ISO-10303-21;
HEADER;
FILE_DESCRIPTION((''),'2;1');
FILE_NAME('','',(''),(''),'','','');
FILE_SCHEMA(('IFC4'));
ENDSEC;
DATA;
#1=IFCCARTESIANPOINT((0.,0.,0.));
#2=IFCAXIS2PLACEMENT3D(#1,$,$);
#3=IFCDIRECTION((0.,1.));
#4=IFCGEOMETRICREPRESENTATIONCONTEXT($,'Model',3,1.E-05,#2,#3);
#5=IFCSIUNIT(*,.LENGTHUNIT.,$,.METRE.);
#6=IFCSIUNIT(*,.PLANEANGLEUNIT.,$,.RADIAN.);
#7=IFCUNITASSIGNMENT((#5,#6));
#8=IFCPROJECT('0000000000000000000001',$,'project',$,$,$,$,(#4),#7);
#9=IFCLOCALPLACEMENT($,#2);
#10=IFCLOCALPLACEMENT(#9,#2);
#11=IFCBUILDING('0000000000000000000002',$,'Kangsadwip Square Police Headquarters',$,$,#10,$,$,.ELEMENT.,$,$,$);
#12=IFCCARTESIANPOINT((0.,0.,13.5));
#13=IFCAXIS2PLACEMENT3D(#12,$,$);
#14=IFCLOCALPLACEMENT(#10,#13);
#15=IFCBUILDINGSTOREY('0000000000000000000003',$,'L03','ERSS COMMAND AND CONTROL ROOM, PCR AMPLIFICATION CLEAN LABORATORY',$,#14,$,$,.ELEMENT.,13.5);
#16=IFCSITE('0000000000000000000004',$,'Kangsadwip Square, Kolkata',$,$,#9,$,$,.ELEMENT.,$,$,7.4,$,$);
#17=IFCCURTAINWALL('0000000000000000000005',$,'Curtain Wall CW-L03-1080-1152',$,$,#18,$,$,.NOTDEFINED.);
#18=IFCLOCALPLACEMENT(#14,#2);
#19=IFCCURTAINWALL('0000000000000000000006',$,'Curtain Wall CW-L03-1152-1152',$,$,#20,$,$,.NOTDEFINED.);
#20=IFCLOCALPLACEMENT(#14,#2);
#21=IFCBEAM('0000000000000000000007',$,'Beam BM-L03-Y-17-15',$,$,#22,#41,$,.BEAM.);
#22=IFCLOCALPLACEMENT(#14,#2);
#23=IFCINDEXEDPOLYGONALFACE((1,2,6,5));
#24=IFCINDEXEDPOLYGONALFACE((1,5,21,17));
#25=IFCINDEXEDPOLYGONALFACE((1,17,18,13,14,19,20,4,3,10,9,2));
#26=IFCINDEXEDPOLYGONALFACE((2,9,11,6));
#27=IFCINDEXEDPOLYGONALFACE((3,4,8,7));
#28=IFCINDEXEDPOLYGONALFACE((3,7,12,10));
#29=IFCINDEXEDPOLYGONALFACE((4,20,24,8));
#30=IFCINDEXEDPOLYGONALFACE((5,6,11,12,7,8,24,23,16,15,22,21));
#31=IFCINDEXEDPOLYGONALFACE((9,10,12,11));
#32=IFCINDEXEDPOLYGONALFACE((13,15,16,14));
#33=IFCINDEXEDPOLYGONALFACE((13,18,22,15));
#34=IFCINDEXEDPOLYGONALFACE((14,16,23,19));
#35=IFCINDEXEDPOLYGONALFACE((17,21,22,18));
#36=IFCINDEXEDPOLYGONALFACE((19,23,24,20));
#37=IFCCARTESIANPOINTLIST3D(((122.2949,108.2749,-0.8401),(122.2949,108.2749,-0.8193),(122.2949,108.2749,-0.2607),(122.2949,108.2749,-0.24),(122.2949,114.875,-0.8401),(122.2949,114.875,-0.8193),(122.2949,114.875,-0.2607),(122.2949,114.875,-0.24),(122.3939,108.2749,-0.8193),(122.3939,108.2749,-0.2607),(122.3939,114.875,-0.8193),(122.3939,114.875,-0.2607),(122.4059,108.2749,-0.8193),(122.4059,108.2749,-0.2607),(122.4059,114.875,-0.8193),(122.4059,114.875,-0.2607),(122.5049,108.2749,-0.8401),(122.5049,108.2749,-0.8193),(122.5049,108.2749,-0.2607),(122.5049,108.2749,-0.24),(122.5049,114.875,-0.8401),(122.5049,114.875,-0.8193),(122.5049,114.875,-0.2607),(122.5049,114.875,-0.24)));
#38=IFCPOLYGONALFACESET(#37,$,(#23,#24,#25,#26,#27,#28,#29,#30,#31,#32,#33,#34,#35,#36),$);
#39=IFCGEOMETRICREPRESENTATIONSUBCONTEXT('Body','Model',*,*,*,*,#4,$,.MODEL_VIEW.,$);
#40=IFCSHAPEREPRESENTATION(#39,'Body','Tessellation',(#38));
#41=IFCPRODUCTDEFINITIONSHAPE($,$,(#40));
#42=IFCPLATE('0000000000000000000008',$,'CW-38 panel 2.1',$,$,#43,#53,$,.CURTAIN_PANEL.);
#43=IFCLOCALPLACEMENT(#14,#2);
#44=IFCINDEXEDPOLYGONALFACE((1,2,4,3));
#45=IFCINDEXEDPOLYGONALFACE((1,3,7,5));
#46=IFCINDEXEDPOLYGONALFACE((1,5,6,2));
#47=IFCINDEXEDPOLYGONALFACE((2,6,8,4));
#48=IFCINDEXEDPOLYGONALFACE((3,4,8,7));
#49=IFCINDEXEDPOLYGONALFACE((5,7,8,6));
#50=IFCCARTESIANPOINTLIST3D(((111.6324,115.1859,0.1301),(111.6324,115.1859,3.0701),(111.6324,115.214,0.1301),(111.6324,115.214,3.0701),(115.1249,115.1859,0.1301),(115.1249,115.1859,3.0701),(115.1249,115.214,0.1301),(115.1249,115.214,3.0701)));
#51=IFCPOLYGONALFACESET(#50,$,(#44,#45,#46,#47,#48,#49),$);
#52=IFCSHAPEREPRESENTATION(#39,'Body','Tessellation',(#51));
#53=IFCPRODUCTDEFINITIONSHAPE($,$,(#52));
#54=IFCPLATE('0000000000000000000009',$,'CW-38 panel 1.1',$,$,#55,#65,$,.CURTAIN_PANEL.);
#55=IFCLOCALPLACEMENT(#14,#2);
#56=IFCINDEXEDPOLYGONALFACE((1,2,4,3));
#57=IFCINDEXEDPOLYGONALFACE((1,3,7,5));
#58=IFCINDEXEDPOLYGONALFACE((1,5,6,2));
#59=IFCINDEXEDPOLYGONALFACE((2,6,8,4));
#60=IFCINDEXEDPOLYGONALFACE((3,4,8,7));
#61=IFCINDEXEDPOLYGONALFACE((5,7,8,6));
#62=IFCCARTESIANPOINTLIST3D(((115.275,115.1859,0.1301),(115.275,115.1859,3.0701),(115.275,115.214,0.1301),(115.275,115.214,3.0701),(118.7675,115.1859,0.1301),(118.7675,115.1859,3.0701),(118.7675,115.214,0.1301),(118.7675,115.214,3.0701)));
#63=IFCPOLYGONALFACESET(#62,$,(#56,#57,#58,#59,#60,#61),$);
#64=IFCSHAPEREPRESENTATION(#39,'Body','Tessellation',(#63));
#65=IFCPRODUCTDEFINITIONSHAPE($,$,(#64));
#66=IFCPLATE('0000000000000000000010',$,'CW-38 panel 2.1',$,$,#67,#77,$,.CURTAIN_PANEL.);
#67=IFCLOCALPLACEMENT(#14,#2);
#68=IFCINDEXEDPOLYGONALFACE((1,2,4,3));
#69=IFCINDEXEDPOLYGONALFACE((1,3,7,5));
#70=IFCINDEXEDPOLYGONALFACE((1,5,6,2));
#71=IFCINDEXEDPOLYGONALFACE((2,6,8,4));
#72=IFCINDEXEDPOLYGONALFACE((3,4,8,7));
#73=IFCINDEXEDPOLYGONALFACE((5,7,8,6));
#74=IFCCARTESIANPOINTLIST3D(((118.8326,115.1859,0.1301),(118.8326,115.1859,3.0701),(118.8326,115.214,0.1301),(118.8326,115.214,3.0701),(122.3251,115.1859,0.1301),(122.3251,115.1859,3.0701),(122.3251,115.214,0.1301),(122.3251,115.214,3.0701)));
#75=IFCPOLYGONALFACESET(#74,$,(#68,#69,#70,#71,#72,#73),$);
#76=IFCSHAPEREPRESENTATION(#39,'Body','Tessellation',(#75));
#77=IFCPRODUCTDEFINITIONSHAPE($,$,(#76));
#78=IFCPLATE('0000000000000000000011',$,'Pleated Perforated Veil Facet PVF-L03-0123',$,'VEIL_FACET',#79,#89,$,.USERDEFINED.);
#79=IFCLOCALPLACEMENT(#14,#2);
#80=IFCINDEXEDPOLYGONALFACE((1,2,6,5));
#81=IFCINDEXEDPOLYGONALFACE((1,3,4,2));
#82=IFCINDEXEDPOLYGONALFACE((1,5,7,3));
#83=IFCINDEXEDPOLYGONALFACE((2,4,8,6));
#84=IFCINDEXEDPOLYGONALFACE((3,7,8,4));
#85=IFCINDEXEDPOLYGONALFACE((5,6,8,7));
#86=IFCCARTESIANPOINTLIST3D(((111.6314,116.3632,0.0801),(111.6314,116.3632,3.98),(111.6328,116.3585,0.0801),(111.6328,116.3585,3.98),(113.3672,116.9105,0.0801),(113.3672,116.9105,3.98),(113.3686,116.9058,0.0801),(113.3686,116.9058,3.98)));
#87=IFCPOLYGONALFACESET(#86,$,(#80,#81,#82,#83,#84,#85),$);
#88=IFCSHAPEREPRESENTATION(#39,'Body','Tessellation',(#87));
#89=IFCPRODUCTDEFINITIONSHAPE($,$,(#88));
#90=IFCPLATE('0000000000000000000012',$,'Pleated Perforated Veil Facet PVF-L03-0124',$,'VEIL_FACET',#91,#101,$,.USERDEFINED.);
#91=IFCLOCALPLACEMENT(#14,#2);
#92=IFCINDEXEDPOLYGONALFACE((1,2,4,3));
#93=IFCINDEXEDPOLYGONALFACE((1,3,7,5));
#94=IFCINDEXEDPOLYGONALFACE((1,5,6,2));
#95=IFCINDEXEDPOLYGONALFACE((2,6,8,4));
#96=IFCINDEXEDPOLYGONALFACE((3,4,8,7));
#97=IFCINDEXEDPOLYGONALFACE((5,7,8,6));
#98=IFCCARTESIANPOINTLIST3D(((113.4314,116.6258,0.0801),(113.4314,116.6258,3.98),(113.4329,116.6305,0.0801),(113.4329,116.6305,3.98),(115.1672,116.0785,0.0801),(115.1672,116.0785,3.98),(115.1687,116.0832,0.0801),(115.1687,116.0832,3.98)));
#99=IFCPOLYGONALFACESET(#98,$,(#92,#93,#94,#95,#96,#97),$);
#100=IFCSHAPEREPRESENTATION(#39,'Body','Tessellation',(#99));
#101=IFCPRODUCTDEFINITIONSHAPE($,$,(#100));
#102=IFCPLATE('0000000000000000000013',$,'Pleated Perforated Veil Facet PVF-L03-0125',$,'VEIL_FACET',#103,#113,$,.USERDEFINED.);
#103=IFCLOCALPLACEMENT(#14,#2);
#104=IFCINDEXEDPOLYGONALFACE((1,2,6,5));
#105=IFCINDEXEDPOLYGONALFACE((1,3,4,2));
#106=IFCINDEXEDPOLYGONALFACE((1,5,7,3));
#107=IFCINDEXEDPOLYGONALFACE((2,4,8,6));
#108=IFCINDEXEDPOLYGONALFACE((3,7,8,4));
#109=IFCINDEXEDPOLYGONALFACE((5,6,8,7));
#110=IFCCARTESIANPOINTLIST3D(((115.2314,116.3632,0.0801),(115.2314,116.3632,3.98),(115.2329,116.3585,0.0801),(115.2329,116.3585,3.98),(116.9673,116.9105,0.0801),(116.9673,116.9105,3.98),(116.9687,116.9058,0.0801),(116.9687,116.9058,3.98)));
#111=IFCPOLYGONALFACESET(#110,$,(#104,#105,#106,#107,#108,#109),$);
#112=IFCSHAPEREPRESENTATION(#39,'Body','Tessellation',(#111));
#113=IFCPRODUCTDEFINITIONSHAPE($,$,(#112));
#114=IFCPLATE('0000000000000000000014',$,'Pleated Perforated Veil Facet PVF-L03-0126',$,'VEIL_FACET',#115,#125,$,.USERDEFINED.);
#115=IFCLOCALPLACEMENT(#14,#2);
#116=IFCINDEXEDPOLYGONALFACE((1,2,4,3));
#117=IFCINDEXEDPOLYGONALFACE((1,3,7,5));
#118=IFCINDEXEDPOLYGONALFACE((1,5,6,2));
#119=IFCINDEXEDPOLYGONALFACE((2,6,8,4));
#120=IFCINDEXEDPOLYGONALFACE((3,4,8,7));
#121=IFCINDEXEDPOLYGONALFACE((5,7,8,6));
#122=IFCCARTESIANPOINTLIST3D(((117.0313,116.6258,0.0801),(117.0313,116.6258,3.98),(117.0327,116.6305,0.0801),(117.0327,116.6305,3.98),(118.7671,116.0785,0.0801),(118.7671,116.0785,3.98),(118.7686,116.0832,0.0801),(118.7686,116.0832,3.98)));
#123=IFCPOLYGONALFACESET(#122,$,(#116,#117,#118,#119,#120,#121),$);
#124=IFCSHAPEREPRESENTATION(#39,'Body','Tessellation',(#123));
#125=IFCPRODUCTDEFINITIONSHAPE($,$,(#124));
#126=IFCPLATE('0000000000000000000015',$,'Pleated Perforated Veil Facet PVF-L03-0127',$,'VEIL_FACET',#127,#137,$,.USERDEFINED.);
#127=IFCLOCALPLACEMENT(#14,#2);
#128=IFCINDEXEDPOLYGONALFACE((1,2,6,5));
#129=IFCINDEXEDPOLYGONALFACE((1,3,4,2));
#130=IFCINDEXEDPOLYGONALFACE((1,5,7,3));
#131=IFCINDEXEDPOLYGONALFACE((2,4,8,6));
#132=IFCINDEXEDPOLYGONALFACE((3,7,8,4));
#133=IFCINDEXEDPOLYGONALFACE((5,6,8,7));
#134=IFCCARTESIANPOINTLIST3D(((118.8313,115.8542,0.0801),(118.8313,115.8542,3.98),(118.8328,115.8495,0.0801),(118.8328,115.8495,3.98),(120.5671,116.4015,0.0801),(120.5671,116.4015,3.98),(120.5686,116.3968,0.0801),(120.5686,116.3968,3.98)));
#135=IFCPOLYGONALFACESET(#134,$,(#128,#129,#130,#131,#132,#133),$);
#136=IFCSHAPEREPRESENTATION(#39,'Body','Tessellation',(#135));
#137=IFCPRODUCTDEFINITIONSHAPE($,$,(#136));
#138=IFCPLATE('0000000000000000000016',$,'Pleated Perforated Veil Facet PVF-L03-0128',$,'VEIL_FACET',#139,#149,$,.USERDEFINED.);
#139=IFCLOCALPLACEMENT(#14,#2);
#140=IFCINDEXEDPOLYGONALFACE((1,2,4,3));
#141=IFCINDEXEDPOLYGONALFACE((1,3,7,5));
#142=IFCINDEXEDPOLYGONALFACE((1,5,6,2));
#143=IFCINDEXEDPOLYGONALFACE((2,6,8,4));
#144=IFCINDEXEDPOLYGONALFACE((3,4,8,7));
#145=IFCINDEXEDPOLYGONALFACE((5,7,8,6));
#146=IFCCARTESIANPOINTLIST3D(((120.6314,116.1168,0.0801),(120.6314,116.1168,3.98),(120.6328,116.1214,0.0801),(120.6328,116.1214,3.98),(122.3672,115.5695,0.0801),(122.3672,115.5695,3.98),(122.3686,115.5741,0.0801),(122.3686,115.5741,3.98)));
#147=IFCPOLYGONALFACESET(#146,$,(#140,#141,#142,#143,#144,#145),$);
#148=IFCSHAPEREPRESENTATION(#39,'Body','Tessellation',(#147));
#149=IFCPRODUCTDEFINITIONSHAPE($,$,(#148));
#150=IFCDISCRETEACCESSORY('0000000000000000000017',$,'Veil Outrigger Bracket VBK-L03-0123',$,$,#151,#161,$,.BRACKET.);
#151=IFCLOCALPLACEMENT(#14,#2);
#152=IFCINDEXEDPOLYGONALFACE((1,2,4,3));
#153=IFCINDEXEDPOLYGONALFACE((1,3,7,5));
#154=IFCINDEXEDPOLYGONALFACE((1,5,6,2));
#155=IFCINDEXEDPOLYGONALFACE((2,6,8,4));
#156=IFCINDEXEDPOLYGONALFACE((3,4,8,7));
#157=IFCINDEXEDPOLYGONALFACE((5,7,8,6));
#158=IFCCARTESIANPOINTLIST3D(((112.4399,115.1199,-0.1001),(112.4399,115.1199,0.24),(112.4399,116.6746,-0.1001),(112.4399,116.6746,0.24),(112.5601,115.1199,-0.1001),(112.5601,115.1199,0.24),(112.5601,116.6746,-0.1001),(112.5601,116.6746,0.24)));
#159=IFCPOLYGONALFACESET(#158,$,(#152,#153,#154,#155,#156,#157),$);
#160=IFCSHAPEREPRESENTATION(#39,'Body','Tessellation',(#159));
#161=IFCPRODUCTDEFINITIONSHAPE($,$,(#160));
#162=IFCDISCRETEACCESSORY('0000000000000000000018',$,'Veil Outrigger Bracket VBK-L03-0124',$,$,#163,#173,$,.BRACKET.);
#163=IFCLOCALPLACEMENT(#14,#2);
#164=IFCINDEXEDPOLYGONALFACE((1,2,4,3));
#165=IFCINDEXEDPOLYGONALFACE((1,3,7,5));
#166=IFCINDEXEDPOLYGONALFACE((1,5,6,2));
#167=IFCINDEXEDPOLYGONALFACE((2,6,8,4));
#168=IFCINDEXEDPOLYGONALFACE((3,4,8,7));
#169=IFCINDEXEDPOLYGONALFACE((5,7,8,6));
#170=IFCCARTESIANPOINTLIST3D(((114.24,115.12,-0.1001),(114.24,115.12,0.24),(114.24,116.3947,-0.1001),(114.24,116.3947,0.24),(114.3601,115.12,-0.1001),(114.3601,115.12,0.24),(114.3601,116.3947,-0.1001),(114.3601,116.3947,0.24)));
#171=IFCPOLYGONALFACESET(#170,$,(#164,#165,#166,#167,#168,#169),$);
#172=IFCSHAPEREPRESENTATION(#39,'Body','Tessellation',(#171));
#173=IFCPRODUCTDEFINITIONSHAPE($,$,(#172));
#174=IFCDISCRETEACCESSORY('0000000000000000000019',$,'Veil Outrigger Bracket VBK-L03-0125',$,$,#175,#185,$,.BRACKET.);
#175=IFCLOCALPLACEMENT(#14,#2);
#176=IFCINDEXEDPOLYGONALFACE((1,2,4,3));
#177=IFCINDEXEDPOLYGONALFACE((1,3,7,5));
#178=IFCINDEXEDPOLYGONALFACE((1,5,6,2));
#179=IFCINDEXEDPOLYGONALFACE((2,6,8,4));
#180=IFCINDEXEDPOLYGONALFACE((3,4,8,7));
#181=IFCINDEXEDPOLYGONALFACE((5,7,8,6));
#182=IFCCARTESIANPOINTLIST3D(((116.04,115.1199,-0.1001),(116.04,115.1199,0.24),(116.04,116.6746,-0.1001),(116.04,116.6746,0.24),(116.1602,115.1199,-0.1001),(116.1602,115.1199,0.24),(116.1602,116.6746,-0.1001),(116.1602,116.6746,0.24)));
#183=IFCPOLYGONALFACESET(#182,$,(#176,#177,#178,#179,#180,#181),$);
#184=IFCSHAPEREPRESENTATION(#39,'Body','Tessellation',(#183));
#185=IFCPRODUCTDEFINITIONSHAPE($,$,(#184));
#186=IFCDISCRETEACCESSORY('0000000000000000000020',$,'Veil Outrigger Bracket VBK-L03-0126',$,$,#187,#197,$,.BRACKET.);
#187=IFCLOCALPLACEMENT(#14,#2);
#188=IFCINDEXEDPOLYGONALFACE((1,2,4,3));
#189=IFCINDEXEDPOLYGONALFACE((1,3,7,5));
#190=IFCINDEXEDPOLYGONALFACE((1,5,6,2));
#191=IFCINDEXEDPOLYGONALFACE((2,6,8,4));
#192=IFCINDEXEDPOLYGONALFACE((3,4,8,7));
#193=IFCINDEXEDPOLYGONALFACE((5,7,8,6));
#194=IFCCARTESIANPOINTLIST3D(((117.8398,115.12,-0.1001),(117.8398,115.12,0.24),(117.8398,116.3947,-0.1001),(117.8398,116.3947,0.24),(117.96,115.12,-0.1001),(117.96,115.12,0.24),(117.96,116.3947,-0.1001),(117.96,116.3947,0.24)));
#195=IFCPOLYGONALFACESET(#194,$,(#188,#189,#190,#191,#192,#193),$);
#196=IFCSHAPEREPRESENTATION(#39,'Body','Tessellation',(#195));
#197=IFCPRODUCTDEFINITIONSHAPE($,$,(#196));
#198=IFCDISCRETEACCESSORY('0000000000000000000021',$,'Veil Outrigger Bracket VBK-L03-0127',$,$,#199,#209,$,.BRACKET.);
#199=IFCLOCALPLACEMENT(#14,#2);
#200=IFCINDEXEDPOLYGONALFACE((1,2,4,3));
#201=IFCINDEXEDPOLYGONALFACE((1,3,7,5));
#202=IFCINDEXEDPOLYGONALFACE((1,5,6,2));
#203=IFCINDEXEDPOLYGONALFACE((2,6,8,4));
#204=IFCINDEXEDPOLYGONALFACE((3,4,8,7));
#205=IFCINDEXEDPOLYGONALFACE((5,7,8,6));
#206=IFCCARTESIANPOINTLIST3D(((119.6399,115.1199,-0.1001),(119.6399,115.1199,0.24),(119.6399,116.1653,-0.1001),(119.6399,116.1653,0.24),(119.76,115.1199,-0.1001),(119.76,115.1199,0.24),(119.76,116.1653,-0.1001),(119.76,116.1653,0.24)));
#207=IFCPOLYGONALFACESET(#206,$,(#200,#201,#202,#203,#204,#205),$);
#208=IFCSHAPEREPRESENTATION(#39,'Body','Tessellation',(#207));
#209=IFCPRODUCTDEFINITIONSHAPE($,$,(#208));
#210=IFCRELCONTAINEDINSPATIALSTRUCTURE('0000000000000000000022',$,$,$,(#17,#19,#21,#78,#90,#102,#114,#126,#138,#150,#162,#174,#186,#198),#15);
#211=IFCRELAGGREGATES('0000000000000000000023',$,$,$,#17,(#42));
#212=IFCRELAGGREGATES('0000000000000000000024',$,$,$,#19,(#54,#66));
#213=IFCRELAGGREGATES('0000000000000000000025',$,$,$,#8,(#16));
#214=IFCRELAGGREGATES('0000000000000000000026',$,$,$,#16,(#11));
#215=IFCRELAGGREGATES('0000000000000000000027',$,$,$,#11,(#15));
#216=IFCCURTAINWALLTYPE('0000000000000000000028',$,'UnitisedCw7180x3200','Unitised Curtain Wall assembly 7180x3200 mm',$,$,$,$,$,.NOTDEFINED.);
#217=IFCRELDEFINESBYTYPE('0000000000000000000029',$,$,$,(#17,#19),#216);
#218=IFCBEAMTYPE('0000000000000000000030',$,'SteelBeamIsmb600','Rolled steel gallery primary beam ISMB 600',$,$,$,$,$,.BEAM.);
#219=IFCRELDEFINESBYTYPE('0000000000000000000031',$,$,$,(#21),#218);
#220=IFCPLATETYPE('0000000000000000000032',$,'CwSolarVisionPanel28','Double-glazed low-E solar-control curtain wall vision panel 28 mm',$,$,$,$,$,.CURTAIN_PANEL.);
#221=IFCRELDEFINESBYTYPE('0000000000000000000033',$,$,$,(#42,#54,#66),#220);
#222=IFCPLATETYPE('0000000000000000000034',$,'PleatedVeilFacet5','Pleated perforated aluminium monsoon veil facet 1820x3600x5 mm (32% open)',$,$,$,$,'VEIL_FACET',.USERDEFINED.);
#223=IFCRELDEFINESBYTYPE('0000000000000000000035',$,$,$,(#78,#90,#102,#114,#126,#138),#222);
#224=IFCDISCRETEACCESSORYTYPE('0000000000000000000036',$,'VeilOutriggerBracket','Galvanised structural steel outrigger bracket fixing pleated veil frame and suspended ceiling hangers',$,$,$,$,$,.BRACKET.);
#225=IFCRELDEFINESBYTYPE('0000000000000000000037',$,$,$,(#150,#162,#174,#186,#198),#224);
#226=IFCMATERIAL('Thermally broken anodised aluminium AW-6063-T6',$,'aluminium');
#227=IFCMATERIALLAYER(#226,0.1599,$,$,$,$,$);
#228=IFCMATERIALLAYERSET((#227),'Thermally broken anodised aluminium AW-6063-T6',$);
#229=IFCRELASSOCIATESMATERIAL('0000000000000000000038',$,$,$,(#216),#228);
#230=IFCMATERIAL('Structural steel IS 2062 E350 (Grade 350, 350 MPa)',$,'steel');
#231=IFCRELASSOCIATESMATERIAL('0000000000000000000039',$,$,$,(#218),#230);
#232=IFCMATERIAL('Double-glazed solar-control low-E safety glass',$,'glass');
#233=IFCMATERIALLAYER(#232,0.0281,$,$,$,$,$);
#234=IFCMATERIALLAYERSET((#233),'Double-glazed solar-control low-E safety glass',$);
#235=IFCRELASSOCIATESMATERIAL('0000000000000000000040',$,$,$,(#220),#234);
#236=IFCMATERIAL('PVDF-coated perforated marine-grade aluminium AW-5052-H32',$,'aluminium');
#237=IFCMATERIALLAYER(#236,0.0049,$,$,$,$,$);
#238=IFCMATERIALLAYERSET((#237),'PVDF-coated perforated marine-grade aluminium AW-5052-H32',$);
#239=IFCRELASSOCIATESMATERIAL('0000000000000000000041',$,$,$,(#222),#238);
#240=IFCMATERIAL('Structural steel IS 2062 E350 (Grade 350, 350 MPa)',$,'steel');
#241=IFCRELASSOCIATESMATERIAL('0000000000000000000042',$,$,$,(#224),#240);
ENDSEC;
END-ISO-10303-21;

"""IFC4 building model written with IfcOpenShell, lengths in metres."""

from ifc_helpers import new_model, si_unit, direction, frame, origin, origin_2d, place, context, subcontext, project, spatial, rectangle, i_section, extrude, material, layer, layer_set, material_profile, profile_set, type_object, element, aggregate, save


model = new_model("IFC4")

# Units and contexts
model_context = context("Model", 3, precision=1e-05, world=origin(), true_north=direction((0.0, 1.0)))
body_context = subcontext(model_context, "Body", "Model", "MODEL_VIEW")
ifc_project = project(units=[si_unit("LENGTHUNIT", "METRE"), si_unit("PLANEANGLEUNIT", "RADIAN")], contexts=[model_context])

# Site, building, storey
site_placement = place(None, origin())
site = spatial("IfcSite", under=ifc_project, at=site_placement, Name="Kangsadwip Square, Kolkata", CompositionType="ELEMENT", RefElevation=7.4)
building_placement = place(site_placement, origin())
building = spatial("IfcBuilding", under=site, at=building_placement, Name="Kangsadwip Square Police Headquarters", CompositionType="ELEMENT")
storey_placement = place(building_placement, frame((0.0, 0.0, 13.5)))
storey = spatial("IfcBuildingStorey", under=building, at=storey_placement, Name="L03", Description="ERSS COMMAND AND CONTROL ROOM, PCR AMPLIFICATION CLEAN LABORATORY", CompositionType="ELEMENT", Elevation=13.5)

# Curtain walls
ifc_material_1 = material(Name="Thermally broken anodised aluminium AW-6063-T6", Category="aluminium")
ifc_layer_1 = layer(ifc_material_1, 0.1599)
ifc_layer_set_1 = layer_set([ifc_layer_1], Name="Thermally broken anodised aluminium AW-6063-T6")
curtain_wall_type = type_object("IfcCurtainWallType", Name="UnitisedCw7180x3200", Description="Unitised Curtain Wall assembly 7180x3200 mm", PredefinedType="NOTDEFINED", material=ifc_layer_set_1)
curtain_wall_1_placement = place(storey_placement, origin())
curtain_wall_1 = element("IfcCurtainWall", 1, at=curtain_wall_1_placement, inside=storey, type_object=curtain_wall_type, Name="Curtain Wall CW-L03-1080-1152", PredefinedType="NOTDEFINED")
curtain_wall_2_placement = place(storey_placement, origin())
curtain_wall_2 = element("IfcCurtainWall", 2, at=curtain_wall_2_placement, inside=storey, type_object=curtain_wall_type, Name="Curtain Wall CW-L03-1152-1152", PredefinedType="NOTDEFINED")

# Beam
ifc_material_2 = material(Name="Structural steel IS 2062 E350 (Grade 350, 350 MPa)", Category="steel")
ifc_material_profile_1 = material_profile(ifc_material_2, i_section(OverallWidth=0.21, OverallDepth=0.6001, WebThickness=0.012, FlangeThickness=0.0208, at=origin_2d()), Name="ISMB 600")
ifc_profile_set_1 = profile_set([ifc_material_profile_1], Name="Structural steel IS 2062 E350 (Grade 350, 350 MPa)")
beam_type_1 = type_object("IfcBeamType", Name="SteelBeamIsmb600", Description="Rolled steel gallery primary beam ISMB 600", PredefinedType="BEAM", material=ifc_profile_set_1)
beam_1_placement = place(storey_placement, frame((122.3999, 108.2749, -0.54), z_axis=(0.0, 1.0, 0.0), x_axis=(-1.0, 0.0, 0.0)))
element("IfcBeam", 3, at=beam_1_placement, inside=storey, type_object=beam_type_1, Name="Beam BM-L03-Y-17-15", PredefinedType="BEAM", context=body_context, shape_type="SweptSolid", body=[
    extrude(i_section(OverallWidth=0.21, OverallDepth=0.6001, WebThickness=0.012, FlangeThickness=0.0208, at=origin_2d()), origin(), (0.0, 0.0, 1.0), 6.6001),
])

# Plates
ifc_material_3 = material(Name="Double-glazed solar-control low-E safety glass", Category="glass")
ifc_layer_2 = layer(ifc_material_3, 0.0281)
ifc_layer_set_2 = layer_set([ifc_layer_2], Name="Double-glazed solar-control low-E safety glass")
plate_type_1 = type_object("IfcPlateType", Name="CwSolarVisionPanel28", Description="Double-glazed low-E solar-control curtain wall vision panel 28 mm", PredefinedType="CURTAIN_PANEL", material=ifc_layer_set_2)
plate_1_placement = place(storey_placement, frame((113.3787, 115.2, 0.1301), z_axis=(0.0, 0.0, 1.0), x_axis=(1.0, 0.0, 0.0)))
plate_1 = element("IfcPlate", 4, at=plate_1_placement, type_object=plate_type_1, Name="CW-38 panel 2.1", PredefinedType="CURTAIN_PANEL", context=body_context, shape_type="SweptSolid", body=[
    extrude(rectangle(XDim=3.4924, YDim=0.0281, at=origin_2d()), origin(), (0.0, 0.0, 1.0), 2.9399),
])
aggregate(curtain_wall_1, [plate_1])
plate_2_placement = place(storey_placement, frame((117.0212, 115.2, 0.1301), z_axis=(0.0, 0.0, 1.0), x_axis=(1.0, 0.0, 0.0)))
plate_2 = element("IfcPlate", 5, at=plate_2_placement, type_object=plate_type_1, Name="CW-38 panel 1.1", PredefinedType="CURTAIN_PANEL", context=body_context, shape_type="SweptSolid", body=[
    extrude(rectangle(XDim=3.4924, YDim=0.0281, at=origin_2d()), origin(), (0.0, 0.0, 1.0), 2.9399),
])
plate_3_placement = place(storey_placement, frame((120.5789, 115.2, 0.1301), z_axis=(0.0, 0.0, 1.0), x_axis=(1.0, 0.0, 0.0)))
plate_3 = element("IfcPlate", 6, at=plate_3_placement, type_object=plate_type_1, Name="CW-38 panel 2.1", PredefinedType="CURTAIN_PANEL", context=body_context, shape_type="SweptSolid", body=[
    extrude(rectangle(XDim=3.4924, YDim=0.0281, at=origin_2d()), origin(), (0.0, 0.0, 1.0), 2.9399),
])
aggregate(curtain_wall_2, [plate_2, plate_3])

# Plates
ifc_material_4 = material(Name="PVDF-coated perforated marine-grade aluminium AW-5052-H32", Category="aluminium")
ifc_layer_3 = layer(ifc_material_4, 0.0049)
ifc_layer_set_3 = layer_set([ifc_layer_3], Name="PVDF-coated perforated marine-grade aluminium AW-5052-H32")
plate_type_2 = type_object("IfcPlateType", Name="PleatedVeilFacet5", Description="Pleated perforated aluminium monsoon veil facet 1820x3600x5 mm (32% open)", ElementType="VEIL_FACET", PredefinedType="USERDEFINED", material=ifc_layer_set_3)
for number, where, z_axis, x_axis, name in (
    (7, (112.5, 116.6345, 0.0801), (0.0, 0.0, 1.0), (0.953717, 0.300706, 0.0), "Pleated Perforated Veil Facet PVF-L03-0123"),
    (8, (114.3, 116.3545, 0.0801), (0.0, 0.0, 1.0), (0.953717, -0.300706, 0.0), "Pleated Perforated Veil Facet PVF-L03-0124"),
    (9, (116.1001, 116.6345, 0.0801), (0.0, 0.0, 1.0), (0.953717, 0.300706, 0.0), "Pleated Perforated Veil Facet PVF-L03-0125"),
    (10, (117.8999, 116.3545, 0.0801), (0.0, 0.0, 1.0), (0.953717, -0.300706, 0.0), "Pleated Perforated Veil Facet PVF-L03-0126"),
    (11, (119.7, 116.1255, 0.0801), (0.0, 0.0, 1.0), (0.953717, 0.300706, 0.0), "Pleated Perforated Veil Facet PVF-L03-0127"),
    (12, (121.5, 115.8455, 0.0801), (0.0, 0.0, 1.0), (0.953717, -0.300706, 0.0), "Pleated Perforated Veil Facet PVF-L03-0128"),
):
    element("IfcPlate", number, at=place(storey_placement, frame(where, z_axis=z_axis, x_axis=x_axis)), inside=storey, type_object=plate_type_2, Name=name, ObjectType="VEIL_FACET", PredefinedType="USERDEFINED", context=body_context, shape_type="SweptSolid", body=[
        extrude(rectangle(XDim=1.8201, YDim=0.0049, at=origin_2d()), origin(), (0.0, 0.0, 1.0), 3.8999),
    ])

# Discrete accessories
ifc_material_5 = material(Name="Structural steel IS 2062 E350 (Grade 350, 350 MPa)", Category="steel")
discrete_accessory_type = type_object("IfcDiscreteAccessoryType", Name="VeilOutriggerBracket", Description="Galvanised structural steel outrigger bracket fixing pleated veil frame and suspended ceiling hangers", PredefinedType="BRACKET", material=ifc_material_5)
discrete_accessory_1_placement = place(storey_placement, frame((112.5, 115.8972, -0.1001), z_axis=(0.0, 0.0, 1.0), x_axis=(1.0, 0.0, 0.0)))
element("IfcDiscreteAccessory", 13, at=discrete_accessory_1_placement, inside=storey, type_object=discrete_accessory_type, Name="Veil Outrigger Bracket VBK-L03-0123", PredefinedType="BRACKET", context=body_context, shape_type="SweptSolid", body=[
    extrude(rectangle(XDim=0.1201, YDim=1.5547, at=origin_2d()), origin(), (0.0, 0.0, 1.0), 0.3401),
])
discrete_accessory_2_placement = place(storey_placement, frame((114.3, 115.7573, -0.1001), z_axis=(0.0, 0.0, 1.0), x_axis=(1.0, 0.0, 0.0)))
element("IfcDiscreteAccessory", 14, at=discrete_accessory_2_placement, inside=storey, type_object=discrete_accessory_type, Name="Veil Outrigger Bracket VBK-L03-0124", PredefinedType="BRACKET", context=body_context, shape_type="SweptSolid", body=[
    extrude(rectangle(XDim=0.1201, YDim=1.2747, at=origin_2d()), origin(), (0.0, 0.0, 1.0), 0.3401),
])
discrete_accessory_3_placement = place(storey_placement, frame((116.1001, 115.8972, -0.1001), z_axis=(0.0, 0.0, 1.0), x_axis=(1.0, 0.0, 0.0)))
element("IfcDiscreteAccessory", 15, at=discrete_accessory_3_placement, inside=storey, type_object=discrete_accessory_type, Name="Veil Outrigger Bracket VBK-L03-0125", PredefinedType="BRACKET", context=body_context, shape_type="SweptSolid", body=[
    extrude(rectangle(XDim=0.1201, YDim=1.5547, at=origin_2d()), origin(), (0.0, 0.0, 1.0), 0.3401),
])
discrete_accessory_4_placement = place(storey_placement, frame((117.8999, 115.7573, -0.1001), z_axis=(0.0, 0.0, 1.0), x_axis=(1.0, 0.0, 0.0)))
element("IfcDiscreteAccessory", 16, at=discrete_accessory_4_placement, inside=storey, type_object=discrete_accessory_type, Name="Veil Outrigger Bracket VBK-L03-0126", PredefinedType="BRACKET", context=body_context, shape_type="SweptSolid", body=[
    extrude(rectangle(XDim=0.1201, YDim=1.2747, at=origin_2d()), origin(), (0.0, 0.0, 1.0), 0.3401),
])
discrete_accessory_5_placement = place(storey_placement, frame((119.7, 115.6426, -0.1001), z_axis=(0.0, 0.0, 1.0), x_axis=(1.0, 0.0, 0.0)))
element("IfcDiscreteAccessory", 17, at=discrete_accessory_5_placement, inside=storey, type_object=discrete_accessory_type, Name="Veil Outrigger Bracket VBK-L03-0127", PredefinedType="BRACKET", context=body_context, shape_type="SweptSolid", body=[
    extrude(rectangle(XDim=0.1201, YDim=1.0454, at=origin_2d()), origin(), (0.0, 0.0, 1.0), 0.3401),
])

save(model, "model.ifc")
